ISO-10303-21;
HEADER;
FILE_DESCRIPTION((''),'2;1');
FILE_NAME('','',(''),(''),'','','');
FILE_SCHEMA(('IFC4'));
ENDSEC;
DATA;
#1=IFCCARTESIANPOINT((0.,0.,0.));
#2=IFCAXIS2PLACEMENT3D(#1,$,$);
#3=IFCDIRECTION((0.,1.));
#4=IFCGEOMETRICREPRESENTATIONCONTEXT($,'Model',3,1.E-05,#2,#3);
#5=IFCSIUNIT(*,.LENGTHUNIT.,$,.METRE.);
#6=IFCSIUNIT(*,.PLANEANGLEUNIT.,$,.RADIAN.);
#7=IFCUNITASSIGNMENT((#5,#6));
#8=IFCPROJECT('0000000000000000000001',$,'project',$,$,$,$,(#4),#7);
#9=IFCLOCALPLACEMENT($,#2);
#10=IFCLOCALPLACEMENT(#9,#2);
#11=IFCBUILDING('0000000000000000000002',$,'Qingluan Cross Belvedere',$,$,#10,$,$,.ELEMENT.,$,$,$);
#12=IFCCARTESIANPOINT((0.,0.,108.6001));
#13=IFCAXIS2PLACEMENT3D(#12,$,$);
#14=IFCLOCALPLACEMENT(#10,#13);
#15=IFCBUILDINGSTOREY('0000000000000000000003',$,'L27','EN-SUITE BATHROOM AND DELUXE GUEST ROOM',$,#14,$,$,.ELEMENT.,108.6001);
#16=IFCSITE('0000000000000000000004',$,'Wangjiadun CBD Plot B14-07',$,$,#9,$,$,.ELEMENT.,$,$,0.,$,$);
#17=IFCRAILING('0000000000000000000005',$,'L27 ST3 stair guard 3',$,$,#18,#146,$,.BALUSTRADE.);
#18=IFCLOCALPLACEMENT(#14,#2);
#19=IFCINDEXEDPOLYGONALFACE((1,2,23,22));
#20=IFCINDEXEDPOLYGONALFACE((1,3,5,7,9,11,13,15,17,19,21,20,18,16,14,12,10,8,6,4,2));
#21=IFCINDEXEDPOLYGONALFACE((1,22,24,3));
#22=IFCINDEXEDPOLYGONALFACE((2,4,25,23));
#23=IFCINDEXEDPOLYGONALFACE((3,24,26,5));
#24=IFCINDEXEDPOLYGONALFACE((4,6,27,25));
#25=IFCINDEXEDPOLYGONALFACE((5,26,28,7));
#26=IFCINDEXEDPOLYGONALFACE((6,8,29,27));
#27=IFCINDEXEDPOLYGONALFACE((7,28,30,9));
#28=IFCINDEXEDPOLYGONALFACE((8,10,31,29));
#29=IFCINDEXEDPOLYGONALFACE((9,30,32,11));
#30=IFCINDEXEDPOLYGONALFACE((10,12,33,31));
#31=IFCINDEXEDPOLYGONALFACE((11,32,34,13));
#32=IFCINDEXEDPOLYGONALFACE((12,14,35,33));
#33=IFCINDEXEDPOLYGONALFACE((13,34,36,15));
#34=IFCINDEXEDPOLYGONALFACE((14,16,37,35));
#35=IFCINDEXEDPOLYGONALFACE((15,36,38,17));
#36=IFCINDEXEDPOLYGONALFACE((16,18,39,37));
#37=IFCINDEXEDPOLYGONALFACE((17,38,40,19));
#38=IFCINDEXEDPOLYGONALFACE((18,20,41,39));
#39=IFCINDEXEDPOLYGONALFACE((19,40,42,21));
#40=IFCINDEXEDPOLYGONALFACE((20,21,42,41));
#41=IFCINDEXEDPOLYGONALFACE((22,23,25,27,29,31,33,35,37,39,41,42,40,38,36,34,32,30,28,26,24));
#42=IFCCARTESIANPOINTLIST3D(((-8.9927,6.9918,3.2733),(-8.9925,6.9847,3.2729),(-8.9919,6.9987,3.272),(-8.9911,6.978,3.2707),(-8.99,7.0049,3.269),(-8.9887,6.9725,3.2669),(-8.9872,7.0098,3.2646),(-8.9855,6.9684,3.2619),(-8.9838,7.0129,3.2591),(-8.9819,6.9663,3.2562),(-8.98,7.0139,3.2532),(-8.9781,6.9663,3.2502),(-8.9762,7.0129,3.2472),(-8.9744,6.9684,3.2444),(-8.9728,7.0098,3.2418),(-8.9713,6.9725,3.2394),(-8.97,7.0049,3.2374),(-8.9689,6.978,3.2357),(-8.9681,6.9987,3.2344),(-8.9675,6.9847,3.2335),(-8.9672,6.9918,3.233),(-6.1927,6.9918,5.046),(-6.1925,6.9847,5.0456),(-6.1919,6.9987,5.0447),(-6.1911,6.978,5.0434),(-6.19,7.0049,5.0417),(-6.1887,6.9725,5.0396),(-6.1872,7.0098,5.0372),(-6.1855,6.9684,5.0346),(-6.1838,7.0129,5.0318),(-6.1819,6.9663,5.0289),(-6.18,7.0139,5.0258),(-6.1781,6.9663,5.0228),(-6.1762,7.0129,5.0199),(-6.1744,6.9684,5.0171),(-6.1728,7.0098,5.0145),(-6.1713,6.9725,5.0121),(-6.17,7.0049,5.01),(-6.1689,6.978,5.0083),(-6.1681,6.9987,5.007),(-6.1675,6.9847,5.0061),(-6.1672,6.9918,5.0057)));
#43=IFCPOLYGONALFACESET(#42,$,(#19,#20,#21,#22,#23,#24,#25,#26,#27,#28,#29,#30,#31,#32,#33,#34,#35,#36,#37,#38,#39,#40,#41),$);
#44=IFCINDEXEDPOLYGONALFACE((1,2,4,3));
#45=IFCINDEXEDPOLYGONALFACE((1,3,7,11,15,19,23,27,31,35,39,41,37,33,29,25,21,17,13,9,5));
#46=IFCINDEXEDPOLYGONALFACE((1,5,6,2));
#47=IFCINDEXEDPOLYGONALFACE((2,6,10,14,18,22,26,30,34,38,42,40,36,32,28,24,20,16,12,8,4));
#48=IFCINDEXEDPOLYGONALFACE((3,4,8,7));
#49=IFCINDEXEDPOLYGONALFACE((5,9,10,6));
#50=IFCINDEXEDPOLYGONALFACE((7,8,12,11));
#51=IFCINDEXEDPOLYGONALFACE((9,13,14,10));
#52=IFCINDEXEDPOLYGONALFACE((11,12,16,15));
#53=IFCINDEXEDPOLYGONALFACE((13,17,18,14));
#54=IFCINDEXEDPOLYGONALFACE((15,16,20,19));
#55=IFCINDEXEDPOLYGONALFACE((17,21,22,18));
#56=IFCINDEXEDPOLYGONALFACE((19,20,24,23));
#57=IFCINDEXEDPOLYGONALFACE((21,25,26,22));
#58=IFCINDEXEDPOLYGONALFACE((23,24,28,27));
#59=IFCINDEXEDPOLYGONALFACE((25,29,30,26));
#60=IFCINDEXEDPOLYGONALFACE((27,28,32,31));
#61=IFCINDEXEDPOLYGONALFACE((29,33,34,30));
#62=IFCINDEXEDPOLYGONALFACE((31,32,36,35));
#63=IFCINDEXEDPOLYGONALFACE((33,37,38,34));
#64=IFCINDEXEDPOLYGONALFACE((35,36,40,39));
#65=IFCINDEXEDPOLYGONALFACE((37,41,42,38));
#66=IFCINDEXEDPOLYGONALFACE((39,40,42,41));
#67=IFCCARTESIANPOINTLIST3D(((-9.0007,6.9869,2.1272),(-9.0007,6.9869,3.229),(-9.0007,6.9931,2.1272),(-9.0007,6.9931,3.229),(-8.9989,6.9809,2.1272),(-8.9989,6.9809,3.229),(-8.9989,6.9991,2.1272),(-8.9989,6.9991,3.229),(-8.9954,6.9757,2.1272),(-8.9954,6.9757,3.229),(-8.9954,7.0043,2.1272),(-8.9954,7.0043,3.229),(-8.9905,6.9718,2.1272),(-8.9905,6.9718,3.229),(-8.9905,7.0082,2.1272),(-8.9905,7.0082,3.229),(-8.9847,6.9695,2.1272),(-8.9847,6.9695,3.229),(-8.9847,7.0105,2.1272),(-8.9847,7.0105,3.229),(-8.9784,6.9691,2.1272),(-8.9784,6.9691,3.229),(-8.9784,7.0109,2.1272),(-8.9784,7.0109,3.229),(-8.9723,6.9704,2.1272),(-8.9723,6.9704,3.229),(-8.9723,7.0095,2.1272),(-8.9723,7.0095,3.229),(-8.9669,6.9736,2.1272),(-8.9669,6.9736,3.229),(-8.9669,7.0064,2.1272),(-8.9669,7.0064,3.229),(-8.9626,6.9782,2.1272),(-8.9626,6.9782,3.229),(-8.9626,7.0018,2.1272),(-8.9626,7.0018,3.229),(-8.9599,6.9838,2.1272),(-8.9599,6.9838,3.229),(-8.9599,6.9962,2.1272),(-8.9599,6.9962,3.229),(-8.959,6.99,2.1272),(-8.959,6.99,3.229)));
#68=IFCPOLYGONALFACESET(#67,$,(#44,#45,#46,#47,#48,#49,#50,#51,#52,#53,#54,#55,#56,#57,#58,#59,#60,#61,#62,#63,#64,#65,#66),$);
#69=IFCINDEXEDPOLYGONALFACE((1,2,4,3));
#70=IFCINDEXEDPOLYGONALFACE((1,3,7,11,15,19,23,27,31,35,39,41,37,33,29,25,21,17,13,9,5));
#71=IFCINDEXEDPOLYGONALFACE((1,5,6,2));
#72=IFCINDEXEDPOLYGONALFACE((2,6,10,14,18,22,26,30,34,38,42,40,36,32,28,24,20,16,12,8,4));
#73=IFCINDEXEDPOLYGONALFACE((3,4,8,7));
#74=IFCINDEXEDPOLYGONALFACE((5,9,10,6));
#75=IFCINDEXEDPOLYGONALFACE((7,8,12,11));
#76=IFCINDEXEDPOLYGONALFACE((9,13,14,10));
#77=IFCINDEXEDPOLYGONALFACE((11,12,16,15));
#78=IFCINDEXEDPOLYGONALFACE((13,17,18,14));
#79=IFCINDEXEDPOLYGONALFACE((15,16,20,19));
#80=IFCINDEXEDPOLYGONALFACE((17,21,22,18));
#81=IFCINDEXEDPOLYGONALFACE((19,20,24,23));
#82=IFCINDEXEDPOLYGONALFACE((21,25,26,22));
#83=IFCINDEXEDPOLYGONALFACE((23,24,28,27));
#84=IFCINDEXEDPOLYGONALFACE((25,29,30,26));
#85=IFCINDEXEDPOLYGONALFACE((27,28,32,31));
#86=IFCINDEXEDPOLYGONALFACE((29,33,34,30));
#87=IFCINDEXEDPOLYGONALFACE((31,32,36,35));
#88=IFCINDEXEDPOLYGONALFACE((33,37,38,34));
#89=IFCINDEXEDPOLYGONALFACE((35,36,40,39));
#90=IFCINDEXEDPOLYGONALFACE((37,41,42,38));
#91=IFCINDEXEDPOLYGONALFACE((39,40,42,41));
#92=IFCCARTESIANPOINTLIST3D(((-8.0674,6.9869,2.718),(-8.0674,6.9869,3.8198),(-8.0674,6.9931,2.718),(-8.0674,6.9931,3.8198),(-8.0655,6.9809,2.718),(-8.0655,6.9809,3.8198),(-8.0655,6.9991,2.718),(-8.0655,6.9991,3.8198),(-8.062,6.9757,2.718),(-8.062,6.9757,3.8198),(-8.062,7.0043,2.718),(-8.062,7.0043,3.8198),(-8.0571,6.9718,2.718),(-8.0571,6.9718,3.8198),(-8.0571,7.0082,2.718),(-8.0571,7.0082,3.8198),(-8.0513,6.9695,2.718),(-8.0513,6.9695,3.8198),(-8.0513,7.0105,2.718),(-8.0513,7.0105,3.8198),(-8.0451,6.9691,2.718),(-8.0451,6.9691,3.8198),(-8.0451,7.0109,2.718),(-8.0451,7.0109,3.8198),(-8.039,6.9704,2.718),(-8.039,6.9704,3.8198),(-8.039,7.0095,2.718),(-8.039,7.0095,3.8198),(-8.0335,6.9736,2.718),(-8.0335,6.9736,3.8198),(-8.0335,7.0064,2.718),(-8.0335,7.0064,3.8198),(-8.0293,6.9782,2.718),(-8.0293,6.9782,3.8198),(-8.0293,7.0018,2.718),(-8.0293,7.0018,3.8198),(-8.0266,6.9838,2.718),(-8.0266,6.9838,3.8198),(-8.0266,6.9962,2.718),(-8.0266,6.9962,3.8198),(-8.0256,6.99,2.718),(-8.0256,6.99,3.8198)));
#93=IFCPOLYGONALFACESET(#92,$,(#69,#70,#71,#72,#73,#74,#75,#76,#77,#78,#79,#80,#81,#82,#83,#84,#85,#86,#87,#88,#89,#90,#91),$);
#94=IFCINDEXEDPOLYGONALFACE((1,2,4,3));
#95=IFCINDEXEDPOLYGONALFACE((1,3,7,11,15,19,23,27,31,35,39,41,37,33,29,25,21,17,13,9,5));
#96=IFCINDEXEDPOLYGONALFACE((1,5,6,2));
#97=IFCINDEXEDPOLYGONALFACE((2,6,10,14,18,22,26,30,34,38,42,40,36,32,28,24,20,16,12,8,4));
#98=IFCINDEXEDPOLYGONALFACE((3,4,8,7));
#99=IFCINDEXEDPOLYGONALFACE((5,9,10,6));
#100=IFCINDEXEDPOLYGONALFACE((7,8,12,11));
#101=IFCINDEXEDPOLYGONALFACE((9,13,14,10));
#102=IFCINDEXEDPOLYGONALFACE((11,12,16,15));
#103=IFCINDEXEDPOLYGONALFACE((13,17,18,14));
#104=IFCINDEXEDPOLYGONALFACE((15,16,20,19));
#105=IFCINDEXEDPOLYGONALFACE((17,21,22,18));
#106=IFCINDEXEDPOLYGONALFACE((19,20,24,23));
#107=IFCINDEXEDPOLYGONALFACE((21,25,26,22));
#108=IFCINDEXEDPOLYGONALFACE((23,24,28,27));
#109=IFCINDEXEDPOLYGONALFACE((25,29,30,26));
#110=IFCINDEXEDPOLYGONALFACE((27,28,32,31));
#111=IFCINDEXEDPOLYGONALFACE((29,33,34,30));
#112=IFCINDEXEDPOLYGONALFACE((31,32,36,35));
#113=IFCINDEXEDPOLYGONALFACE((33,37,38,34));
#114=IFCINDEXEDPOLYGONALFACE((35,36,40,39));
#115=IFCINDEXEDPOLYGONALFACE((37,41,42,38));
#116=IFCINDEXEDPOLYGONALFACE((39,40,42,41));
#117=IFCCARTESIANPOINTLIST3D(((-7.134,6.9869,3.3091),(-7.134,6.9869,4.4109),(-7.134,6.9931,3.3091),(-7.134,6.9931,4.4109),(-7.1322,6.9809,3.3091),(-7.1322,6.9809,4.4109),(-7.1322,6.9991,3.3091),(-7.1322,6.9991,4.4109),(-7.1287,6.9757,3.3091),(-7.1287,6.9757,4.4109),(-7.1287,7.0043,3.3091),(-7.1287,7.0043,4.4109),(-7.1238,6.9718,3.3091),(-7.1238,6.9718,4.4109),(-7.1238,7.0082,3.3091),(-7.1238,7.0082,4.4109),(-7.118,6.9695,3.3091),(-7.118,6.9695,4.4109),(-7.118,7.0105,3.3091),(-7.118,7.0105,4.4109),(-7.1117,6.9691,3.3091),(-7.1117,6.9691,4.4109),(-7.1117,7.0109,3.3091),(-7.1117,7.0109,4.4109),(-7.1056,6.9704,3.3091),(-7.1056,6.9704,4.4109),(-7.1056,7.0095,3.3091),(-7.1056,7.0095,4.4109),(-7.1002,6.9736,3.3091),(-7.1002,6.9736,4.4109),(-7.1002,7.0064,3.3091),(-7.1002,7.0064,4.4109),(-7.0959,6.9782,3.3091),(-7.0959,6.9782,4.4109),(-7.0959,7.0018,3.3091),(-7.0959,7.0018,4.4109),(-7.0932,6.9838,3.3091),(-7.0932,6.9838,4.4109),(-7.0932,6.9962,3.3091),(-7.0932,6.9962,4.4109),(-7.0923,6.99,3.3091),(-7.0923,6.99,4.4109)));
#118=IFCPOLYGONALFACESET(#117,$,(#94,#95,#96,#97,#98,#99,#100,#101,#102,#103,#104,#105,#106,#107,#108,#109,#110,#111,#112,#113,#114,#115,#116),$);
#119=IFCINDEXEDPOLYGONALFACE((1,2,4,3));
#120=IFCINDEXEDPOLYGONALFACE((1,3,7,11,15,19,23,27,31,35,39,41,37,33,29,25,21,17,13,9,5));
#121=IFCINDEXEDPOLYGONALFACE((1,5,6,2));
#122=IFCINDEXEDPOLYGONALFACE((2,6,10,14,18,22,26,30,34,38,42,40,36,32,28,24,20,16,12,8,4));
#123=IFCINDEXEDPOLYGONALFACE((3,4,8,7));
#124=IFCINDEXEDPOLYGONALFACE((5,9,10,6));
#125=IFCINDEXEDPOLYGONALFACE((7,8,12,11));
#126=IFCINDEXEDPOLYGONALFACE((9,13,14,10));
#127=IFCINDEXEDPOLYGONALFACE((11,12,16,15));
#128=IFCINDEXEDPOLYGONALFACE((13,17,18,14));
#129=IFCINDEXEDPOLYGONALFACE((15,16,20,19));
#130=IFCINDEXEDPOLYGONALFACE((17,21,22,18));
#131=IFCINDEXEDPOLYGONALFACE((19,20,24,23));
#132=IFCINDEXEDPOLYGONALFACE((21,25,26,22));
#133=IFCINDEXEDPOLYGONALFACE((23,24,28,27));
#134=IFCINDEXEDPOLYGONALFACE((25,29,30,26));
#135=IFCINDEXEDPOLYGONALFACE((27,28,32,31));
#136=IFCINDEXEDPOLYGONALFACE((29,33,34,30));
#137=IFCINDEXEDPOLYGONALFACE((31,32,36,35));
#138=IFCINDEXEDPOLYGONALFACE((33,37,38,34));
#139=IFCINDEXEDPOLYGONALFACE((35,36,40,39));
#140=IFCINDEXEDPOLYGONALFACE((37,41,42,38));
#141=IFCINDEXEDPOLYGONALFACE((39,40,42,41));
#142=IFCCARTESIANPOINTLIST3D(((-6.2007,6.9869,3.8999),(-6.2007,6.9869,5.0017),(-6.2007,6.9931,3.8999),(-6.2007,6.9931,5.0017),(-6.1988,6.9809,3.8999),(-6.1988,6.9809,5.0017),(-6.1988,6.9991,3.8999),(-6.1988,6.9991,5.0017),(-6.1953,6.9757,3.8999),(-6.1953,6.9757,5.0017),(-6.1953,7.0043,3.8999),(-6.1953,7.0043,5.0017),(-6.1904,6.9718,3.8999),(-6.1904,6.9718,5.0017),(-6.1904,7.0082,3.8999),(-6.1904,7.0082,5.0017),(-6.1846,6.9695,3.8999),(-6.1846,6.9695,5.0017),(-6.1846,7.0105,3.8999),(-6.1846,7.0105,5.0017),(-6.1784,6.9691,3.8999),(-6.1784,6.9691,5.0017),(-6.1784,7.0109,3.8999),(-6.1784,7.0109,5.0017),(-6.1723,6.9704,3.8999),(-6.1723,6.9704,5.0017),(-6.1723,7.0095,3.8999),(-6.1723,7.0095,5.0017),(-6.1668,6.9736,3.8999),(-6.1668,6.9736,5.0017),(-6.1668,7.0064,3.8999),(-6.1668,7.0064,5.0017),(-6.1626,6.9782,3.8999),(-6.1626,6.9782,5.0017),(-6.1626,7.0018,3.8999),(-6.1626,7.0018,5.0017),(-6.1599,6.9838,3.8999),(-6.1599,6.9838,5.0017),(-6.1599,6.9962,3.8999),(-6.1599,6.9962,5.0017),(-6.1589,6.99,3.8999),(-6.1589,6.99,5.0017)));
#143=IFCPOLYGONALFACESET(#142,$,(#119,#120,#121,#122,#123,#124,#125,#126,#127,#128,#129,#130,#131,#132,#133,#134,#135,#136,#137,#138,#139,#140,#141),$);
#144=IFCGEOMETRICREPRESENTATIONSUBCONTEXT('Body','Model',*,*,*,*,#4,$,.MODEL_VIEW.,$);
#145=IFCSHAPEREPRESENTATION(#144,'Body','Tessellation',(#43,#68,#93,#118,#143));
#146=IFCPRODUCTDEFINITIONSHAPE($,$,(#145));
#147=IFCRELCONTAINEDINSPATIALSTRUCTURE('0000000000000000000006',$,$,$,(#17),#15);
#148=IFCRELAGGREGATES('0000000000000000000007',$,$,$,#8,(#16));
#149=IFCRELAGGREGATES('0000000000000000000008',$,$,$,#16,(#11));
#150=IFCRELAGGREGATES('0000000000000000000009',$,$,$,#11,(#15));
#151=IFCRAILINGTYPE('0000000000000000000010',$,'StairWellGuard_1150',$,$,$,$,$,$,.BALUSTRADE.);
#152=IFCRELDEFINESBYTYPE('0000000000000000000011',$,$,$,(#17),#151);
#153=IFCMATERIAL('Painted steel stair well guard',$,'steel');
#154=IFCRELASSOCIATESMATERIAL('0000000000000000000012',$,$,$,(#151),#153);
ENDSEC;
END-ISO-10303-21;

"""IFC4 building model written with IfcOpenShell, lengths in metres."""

from ifc_helpers import new_model, si_unit, direction, frame, origin, origin_2d, place, context, subcontext, project, spatial, circle, extrude, material, type_object, element, save


model = new_model("IFC4")

# Units and contexts
model_context = context("Model", 3, precision=1e-05, world=origin(), true_north=direction((0.0, 1.0)))
body_context = subcontext(model_context, "Body", "Model", "MODEL_VIEW")
ifc_project = project(units=[si_unit("LENGTHUNIT", "METRE"), si_unit("PLANEANGLEUNIT", "RADIAN")], contexts=[model_context])

# Site, building, storey
site_placement = place(None, origin())
site = spatial("IfcSite", under=ifc_project, at=site_placement, Name="Wangjiadun CBD Plot B14-07", CompositionType="ELEMENT", RefElevation=0.0)
building_placement = place(site_placement, origin())
building = spatial("IfcBuilding", under=site, at=building_placement, Name="Qingluan Cross Belvedere", CompositionType="ELEMENT")
storey_placement = place(building_placement, frame((0.0, 0.0, 108.6001)))
storey = spatial("IfcBuildingStorey", under=building, at=storey_placement, Name="L27", Description="EN-SUITE BATHROOM AND DELUXE GUEST ROOM", CompositionType="ELEMENT", Elevation=108.6001)

# Railing
ifc_material_1 = material(Name="Painted steel stair well guard", Category="steel")
railing_type_1 = type_object("IfcRailingType", Name="StairWellGuard_1150", PredefinedType="BALUSTRADE", material=ifc_material_1)
railing_1_placement = place(storey_placement, frame((-8.98, 6.99, 2.1272)))
element("IfcRailing", 1, at=railing_1_placement, inside=storey, type_object=railing_type_1, Name="L27 ST3 stair guard 3", PredefinedType="BALUSTRADE", context=body_context, shape_type="SweptSolid", body=[
    extrude(circle(Radius=0.0239, at=origin_2d()), frame((0.0, 0.0, 1.126), z_axis=(0.844909, 0.0, 0.53491), x_axis=(0.0, 1.0, 0.0)), (0.0, 0.0, 1.0), 3.314),
    extrude(circle(Radius=0.021, at=origin_2d()), origin(), (0.0, 0.0, 1.0), 1.1018),
    extrude(circle(Radius=0.021, at=origin_2d()), frame((0.9333, 0.0, 0.5908)), (0.0, 0.0, 1.0), 1.1018),
    extrude(circle(Radius=0.021, at=origin_2d()), frame((1.8667, 0.0, 1.1819)), (0.0, 0.0, 1.0), 1.1018),
    extrude(circle(Radius=0.021, at=origin_2d()), frame((2.8, 0.0, 1.7727)), (0.0, 0.0, 1.0), 1.1018),
])

save(model, "model.ifc")
